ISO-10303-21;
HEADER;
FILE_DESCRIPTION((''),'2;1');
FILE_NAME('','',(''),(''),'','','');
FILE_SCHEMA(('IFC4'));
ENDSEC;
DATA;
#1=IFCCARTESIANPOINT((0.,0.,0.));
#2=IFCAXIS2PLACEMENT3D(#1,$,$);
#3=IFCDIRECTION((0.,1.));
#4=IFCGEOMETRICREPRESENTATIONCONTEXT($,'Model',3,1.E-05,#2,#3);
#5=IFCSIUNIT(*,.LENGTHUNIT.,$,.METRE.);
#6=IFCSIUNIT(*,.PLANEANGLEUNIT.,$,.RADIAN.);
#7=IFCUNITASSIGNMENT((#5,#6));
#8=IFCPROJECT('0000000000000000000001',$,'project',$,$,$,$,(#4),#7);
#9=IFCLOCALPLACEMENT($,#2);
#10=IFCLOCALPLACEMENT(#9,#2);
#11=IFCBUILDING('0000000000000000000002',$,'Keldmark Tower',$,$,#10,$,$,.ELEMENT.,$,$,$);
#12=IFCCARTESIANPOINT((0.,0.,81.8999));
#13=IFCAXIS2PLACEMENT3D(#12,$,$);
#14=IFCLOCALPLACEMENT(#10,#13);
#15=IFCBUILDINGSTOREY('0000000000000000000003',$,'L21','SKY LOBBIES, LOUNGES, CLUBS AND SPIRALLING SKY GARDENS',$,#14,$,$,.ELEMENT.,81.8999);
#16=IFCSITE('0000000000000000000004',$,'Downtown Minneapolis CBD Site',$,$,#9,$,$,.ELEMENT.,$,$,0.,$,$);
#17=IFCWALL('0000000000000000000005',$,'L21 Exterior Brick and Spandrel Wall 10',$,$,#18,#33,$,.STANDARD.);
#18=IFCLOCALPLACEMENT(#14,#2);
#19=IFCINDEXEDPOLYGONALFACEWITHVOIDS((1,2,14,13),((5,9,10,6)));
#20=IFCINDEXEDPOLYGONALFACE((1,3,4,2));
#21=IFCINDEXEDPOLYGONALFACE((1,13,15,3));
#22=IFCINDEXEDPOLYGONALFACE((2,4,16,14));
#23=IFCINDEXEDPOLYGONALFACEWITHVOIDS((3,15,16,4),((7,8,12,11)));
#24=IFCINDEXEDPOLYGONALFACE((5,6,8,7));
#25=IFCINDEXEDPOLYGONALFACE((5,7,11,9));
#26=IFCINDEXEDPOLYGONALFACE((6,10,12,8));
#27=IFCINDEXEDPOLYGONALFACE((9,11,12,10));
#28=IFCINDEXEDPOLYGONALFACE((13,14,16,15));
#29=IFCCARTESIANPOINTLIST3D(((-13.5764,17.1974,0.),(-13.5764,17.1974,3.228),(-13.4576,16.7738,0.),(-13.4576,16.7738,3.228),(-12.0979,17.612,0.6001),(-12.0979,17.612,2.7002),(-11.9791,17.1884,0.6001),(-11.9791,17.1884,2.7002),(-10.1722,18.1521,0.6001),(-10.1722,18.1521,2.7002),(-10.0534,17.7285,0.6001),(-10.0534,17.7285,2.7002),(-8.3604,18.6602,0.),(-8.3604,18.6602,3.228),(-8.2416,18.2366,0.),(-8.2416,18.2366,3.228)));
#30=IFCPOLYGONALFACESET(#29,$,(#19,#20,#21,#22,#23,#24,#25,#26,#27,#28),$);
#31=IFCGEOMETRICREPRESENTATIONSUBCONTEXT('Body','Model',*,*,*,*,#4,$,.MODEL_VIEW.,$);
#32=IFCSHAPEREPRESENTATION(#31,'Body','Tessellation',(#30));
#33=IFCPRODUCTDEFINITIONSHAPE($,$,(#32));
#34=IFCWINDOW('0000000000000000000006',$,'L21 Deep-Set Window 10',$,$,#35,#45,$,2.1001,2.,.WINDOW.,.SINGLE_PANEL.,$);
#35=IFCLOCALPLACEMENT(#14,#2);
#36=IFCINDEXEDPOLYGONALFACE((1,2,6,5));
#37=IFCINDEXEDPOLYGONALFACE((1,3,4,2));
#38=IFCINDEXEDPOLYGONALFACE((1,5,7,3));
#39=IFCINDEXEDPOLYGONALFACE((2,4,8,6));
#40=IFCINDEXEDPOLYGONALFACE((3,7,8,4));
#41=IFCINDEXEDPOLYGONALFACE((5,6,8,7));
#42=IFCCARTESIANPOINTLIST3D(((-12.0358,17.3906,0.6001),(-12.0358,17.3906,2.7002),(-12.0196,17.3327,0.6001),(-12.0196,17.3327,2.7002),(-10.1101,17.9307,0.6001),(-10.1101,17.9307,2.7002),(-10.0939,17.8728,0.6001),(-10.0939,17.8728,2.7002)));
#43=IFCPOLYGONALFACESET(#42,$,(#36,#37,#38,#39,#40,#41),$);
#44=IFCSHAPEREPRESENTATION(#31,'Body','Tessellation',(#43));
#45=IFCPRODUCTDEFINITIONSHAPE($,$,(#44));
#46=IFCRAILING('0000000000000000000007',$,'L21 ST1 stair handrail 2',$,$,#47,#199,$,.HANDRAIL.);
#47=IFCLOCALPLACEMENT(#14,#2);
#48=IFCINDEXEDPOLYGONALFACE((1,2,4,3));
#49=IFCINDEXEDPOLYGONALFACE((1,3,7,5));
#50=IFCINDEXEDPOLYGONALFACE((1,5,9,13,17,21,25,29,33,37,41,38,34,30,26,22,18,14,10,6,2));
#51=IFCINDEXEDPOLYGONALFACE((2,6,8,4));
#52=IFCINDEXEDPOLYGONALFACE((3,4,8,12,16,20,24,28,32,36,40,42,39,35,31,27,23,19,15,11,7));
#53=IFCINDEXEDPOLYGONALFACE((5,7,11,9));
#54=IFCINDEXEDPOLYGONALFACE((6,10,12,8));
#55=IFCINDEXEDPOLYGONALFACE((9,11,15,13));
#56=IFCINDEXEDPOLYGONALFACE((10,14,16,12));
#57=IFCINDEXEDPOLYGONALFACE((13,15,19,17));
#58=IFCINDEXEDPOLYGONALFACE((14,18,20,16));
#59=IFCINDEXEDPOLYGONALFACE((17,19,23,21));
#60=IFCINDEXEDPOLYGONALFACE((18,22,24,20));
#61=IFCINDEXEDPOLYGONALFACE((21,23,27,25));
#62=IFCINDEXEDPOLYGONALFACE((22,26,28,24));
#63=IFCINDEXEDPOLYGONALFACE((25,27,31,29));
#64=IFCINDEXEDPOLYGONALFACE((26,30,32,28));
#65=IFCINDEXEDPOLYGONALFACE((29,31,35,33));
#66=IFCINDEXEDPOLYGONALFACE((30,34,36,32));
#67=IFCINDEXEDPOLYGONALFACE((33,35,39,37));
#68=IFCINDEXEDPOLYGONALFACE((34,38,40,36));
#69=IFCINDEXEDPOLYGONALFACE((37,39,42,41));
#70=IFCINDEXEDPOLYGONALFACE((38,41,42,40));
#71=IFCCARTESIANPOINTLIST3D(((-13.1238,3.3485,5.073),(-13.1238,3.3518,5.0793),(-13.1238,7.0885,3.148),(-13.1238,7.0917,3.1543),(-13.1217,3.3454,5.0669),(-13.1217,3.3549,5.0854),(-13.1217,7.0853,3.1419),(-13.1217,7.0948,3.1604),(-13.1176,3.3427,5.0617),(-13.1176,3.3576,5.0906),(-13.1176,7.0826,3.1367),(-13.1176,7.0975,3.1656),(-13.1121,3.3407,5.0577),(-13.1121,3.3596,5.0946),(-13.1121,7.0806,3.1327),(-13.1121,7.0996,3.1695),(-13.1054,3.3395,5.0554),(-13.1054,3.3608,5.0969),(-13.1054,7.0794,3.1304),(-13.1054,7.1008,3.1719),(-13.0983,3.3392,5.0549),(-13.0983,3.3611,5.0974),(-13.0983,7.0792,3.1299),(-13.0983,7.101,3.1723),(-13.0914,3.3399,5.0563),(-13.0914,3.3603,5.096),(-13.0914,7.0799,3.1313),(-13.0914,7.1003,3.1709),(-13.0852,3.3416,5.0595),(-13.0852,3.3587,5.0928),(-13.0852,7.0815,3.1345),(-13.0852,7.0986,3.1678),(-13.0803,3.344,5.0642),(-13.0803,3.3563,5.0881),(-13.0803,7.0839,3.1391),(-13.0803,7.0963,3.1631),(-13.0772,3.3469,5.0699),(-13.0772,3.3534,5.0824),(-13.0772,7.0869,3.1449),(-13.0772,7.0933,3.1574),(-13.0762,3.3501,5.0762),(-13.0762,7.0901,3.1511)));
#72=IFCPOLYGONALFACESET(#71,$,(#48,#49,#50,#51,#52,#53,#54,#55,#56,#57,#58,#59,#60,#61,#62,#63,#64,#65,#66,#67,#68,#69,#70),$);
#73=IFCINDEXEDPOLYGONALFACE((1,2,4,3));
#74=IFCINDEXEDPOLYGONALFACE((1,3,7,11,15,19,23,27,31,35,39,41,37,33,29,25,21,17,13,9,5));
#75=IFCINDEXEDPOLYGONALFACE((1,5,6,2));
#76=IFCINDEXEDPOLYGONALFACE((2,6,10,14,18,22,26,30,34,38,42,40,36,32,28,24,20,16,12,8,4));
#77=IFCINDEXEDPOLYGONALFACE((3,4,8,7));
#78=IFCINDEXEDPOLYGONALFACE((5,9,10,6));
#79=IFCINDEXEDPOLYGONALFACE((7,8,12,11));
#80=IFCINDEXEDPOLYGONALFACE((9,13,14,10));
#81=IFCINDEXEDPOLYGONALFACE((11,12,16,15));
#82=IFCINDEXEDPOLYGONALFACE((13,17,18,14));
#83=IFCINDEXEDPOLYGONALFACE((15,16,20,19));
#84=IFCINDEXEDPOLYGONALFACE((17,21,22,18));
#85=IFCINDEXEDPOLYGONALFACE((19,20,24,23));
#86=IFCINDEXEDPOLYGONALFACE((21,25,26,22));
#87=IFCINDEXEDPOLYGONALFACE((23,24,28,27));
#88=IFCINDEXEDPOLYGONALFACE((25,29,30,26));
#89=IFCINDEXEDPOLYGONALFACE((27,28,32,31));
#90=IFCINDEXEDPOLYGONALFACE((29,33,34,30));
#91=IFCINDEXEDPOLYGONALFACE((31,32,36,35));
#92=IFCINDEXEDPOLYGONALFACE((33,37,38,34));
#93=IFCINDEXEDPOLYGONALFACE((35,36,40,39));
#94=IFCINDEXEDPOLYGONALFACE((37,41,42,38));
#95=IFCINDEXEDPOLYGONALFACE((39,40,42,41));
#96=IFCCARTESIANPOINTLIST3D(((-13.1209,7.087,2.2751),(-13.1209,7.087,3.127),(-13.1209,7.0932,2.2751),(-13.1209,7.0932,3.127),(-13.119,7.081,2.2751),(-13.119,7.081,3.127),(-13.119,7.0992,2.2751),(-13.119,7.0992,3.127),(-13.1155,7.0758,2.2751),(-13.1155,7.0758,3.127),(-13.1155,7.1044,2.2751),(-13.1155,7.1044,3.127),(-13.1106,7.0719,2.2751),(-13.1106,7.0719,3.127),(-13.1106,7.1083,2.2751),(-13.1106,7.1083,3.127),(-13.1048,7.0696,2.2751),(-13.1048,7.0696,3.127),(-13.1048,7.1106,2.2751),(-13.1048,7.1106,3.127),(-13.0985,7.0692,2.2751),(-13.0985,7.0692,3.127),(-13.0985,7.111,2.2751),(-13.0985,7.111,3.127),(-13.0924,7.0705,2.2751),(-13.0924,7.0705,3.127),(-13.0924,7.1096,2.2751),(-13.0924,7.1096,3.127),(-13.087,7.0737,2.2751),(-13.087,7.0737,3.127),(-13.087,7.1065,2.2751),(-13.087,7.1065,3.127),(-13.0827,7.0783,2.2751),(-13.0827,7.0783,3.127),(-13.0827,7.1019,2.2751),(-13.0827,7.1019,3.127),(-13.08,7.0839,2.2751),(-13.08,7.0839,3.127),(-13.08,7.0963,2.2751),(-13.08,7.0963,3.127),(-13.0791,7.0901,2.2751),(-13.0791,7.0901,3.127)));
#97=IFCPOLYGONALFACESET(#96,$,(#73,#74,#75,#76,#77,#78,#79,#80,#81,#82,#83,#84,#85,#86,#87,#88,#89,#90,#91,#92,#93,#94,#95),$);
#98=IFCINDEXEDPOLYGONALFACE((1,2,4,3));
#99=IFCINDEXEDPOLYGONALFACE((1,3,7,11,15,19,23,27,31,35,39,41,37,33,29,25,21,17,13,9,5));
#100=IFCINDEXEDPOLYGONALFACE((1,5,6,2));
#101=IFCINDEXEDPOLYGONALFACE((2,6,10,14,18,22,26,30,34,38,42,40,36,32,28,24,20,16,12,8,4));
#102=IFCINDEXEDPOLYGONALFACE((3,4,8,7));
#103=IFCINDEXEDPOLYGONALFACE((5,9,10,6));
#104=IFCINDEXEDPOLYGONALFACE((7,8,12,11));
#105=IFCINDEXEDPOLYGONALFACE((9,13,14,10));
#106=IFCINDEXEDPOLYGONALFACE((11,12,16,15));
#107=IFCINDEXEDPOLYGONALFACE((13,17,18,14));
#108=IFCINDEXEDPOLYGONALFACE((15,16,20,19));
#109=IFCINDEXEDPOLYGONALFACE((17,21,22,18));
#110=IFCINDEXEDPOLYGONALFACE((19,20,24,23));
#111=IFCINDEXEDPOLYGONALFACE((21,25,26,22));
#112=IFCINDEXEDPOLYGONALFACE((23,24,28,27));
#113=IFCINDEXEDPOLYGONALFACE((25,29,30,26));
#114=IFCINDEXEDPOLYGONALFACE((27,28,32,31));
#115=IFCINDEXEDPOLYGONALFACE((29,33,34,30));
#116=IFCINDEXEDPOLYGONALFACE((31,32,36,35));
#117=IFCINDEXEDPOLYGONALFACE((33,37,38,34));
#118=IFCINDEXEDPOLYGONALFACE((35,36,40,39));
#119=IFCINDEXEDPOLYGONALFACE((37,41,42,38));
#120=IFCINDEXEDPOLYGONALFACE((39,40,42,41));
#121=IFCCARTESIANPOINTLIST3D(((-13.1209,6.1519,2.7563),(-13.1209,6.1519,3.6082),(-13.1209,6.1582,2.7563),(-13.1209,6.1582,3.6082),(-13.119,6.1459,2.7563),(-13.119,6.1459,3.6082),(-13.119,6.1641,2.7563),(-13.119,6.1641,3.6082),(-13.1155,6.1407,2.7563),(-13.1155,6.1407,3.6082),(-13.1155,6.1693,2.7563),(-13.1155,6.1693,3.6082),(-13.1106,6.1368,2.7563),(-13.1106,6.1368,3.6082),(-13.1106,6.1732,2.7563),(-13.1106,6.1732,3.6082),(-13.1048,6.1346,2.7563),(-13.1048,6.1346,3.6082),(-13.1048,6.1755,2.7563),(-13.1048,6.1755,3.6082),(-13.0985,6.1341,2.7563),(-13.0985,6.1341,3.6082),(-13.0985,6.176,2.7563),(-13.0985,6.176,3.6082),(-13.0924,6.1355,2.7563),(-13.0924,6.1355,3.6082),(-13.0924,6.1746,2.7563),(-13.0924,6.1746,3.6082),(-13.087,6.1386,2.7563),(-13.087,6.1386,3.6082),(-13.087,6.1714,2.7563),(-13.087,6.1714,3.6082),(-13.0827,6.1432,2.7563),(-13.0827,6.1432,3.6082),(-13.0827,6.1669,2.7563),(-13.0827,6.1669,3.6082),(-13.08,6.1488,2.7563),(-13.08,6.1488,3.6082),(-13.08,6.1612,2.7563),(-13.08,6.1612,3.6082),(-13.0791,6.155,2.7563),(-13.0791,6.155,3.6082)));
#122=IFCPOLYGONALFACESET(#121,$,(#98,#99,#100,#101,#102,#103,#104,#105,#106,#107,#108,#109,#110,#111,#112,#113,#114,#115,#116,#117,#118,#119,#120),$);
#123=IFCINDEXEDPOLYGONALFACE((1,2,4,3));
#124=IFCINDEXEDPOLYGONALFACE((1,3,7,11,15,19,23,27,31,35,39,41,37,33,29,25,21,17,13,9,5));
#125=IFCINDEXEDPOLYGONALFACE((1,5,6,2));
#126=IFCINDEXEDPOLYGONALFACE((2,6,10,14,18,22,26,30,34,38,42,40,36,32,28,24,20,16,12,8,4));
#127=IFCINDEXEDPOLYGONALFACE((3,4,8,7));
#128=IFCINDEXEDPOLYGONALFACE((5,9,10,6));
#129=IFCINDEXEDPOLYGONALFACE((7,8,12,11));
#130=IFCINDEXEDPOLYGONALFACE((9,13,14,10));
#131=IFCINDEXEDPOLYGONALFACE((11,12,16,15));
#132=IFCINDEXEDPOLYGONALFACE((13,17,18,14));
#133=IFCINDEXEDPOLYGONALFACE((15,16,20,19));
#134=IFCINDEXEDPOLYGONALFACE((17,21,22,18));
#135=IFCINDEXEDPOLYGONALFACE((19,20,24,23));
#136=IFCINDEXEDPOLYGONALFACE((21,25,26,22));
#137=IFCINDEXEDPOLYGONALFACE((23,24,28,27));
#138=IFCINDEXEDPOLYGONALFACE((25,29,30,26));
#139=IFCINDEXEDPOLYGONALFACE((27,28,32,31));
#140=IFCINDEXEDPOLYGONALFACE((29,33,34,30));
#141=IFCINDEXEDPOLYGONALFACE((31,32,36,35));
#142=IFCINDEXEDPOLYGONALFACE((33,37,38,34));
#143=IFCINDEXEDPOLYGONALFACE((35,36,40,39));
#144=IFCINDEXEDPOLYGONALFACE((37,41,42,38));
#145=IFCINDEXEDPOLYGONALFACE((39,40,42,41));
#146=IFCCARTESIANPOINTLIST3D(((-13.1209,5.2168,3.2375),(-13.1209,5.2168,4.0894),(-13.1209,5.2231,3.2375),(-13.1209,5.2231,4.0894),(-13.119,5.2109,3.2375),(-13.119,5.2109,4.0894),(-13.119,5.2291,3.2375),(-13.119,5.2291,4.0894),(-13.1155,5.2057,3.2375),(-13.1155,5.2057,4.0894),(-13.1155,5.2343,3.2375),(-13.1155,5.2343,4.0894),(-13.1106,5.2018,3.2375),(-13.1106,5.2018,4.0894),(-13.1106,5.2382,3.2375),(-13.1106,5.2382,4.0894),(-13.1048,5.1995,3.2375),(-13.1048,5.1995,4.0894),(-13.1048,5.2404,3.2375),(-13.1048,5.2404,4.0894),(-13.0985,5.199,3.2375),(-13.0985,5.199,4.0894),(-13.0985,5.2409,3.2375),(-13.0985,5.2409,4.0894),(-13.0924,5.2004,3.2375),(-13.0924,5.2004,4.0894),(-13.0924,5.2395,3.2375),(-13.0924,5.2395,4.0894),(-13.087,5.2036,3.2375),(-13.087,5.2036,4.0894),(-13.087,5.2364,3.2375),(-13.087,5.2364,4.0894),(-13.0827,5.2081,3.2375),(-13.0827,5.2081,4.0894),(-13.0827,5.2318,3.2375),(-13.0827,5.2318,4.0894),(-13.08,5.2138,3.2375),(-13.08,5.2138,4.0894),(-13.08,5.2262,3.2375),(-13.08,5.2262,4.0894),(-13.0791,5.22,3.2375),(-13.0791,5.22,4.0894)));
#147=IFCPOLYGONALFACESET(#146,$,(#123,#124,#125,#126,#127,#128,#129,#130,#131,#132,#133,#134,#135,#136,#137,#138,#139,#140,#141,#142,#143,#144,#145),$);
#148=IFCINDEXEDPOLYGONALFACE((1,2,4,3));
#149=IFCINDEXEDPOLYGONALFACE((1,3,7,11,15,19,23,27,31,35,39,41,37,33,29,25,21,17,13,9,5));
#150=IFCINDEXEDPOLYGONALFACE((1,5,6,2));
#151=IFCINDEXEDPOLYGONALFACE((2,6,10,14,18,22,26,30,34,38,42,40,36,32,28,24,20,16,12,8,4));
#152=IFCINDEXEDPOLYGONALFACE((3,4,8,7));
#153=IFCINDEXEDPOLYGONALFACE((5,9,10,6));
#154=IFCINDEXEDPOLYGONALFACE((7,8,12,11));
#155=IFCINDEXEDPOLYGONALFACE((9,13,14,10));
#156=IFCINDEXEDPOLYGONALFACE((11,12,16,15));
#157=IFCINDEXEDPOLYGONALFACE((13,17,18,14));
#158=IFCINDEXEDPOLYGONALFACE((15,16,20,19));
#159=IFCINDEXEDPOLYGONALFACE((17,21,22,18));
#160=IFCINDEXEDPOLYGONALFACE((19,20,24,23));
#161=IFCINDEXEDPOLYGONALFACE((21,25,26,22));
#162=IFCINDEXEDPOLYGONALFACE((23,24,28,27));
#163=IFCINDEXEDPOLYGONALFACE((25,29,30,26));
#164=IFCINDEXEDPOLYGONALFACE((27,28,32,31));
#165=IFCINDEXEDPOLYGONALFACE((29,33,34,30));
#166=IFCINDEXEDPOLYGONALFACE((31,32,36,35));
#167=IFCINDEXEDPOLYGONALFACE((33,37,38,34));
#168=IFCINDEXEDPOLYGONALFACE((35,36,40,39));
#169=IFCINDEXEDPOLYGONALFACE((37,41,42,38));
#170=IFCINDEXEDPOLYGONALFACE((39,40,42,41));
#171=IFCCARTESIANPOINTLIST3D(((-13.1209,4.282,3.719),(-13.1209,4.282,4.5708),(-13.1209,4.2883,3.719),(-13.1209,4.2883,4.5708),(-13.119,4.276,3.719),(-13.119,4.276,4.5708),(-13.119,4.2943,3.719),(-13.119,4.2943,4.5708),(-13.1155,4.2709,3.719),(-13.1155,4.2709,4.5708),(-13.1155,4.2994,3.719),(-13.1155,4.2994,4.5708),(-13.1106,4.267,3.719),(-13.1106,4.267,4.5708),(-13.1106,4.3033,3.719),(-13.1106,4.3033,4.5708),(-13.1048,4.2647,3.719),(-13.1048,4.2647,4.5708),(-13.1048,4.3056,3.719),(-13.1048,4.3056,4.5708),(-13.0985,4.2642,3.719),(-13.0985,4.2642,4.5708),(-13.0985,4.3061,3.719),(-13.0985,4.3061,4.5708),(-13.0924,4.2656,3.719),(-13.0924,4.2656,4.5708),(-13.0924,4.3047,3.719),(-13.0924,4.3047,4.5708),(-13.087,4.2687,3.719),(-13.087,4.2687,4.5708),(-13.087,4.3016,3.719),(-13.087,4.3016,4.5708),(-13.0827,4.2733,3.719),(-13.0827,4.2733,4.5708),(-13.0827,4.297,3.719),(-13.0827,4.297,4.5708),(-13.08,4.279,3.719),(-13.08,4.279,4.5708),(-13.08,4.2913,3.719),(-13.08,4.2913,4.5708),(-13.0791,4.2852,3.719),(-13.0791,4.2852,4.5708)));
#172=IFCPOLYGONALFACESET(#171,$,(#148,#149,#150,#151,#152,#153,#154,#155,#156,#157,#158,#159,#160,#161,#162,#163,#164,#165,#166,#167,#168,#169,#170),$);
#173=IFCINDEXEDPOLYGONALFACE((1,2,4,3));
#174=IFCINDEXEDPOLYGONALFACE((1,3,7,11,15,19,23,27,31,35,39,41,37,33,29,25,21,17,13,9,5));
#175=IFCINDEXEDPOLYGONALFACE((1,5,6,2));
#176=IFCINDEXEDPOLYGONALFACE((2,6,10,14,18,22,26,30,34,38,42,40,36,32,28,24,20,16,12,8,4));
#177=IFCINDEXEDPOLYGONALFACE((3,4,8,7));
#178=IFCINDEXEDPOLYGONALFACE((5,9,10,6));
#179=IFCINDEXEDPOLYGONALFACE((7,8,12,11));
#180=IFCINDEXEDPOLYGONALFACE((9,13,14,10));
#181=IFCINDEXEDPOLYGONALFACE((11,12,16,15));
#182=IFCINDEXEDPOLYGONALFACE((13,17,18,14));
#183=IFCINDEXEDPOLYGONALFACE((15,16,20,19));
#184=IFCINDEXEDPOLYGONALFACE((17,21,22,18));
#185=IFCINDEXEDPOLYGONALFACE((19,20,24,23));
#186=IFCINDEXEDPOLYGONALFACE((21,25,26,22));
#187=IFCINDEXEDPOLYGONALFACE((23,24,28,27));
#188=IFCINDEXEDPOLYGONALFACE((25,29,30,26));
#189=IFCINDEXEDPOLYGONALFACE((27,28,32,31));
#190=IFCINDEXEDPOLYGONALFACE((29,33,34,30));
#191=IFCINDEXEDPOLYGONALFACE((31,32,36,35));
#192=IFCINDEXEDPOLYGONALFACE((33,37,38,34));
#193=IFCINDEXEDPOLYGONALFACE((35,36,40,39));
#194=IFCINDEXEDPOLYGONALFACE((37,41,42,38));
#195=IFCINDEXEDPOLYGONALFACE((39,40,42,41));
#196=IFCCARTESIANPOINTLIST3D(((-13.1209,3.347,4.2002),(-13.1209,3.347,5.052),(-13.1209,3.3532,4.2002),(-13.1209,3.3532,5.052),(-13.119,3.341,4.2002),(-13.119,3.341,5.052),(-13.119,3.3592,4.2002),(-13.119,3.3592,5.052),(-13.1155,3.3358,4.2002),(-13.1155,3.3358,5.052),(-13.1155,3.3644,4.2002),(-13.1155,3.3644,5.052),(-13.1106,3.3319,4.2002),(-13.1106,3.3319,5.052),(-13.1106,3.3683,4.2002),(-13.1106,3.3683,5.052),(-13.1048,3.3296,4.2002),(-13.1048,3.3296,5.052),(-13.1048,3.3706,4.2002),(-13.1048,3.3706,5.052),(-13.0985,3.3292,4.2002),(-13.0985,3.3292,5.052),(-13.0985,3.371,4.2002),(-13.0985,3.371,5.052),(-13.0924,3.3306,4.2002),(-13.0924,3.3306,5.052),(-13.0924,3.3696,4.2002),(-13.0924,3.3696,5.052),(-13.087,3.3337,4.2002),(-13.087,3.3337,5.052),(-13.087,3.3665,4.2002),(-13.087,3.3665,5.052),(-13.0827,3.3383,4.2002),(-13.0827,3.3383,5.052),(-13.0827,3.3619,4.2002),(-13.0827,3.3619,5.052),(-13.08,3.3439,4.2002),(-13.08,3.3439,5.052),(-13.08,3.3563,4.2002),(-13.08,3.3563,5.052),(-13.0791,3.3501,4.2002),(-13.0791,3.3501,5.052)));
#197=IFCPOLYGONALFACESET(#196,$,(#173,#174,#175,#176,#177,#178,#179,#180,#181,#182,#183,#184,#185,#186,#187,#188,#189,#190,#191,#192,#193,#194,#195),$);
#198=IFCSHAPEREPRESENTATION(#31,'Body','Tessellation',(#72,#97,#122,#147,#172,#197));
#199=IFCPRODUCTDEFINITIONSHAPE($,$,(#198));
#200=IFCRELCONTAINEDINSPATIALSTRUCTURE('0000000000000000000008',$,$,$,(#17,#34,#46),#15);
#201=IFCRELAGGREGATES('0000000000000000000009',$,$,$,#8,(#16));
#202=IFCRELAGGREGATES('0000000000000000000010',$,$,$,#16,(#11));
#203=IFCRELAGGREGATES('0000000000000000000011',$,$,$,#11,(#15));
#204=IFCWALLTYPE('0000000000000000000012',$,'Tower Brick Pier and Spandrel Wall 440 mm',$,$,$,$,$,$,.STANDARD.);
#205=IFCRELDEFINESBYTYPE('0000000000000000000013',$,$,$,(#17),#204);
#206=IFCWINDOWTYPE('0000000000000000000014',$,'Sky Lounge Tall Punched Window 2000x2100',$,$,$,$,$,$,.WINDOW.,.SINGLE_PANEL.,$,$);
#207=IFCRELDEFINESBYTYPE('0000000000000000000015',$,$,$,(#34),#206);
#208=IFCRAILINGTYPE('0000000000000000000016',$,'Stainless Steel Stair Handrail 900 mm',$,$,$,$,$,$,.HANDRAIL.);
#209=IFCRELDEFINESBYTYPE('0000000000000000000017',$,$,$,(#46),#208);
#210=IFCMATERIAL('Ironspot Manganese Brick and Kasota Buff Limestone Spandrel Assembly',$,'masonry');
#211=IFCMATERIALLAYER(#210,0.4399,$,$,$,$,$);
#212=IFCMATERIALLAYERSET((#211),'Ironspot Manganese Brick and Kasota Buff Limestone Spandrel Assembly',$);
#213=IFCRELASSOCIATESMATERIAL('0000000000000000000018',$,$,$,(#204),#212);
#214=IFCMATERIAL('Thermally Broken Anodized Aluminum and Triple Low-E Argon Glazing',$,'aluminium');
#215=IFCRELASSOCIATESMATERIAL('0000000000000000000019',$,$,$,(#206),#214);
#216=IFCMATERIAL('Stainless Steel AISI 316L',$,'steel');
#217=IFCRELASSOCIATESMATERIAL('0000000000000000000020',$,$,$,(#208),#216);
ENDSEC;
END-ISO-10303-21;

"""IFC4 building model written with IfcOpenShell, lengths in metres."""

from ifc_helpers import new_model, si_unit, direction, frame, frame_2d, origin, origin_2d, place, context, subcontext, project, spatial, rectangle, circle, extrude, material, layer, layer_set, type_object, element, fill, save


model = new_model("IFC4")

# Units and contexts
model_context = context("Model", 3, precision=1e-05, world=origin(), true_north=direction((0.0, 1.0)))
body_context = subcontext(model_context, "Body", "Model", "MODEL_VIEW")
ifc_project = project(units=[si_unit("LENGTHUNIT", "METRE"), si_unit("PLANEANGLEUNIT", "RADIAN")], contexts=[model_context])

# Site, building, storey
site_placement = place(None, origin())
site = spatial("IfcSite", under=ifc_project, at=site_placement, Name="Downtown Minneapolis CBD Site", CompositionType="ELEMENT", RefElevation=0.0)
building_placement = place(site_placement, origin())
building = spatial("IfcBuilding", under=site, at=building_placement, Name="Keldmark Tower", CompositionType="ELEMENT")
storey_placement = place(building_placement, frame((0.0, 0.0, 81.8999)))
storey = spatial("IfcBuildingStorey", under=building, at=storey_placement, Name="L21", Description="SKY LOBBIES, LOUNGES, CLUBS AND SPIRALLING SKY GARDENS", CompositionType="ELEMENT", Elevation=81.8999)

# Wall, opening, window
ifc_material_1 = material(Name="Ironspot Manganese Brick and Kasota Buff Limestone Spandrel Assembly", Category="masonry")
ifc_layer_1 = layer(ifc_material_1, 0.4399)
ifc_layer_set_1 = layer_set([ifc_layer_1], Name="Ironspot Manganese Brick and Kasota Buff Limestone Spandrel Assembly")
wall_type_1 = type_object("IfcWallType", Name="Tower Brick Pier and Spandrel Wall 440 mm", PredefinedType="STANDARD", material=ifc_layer_set_1)
wall_1_placement = place(storey_placement, frame((-13.5168, 16.9856, 0.0), z_axis=(0.0, 0.0, 1.0), x_axis=(0.962849, 0.270039, 0.0)))
wall_1 = element("IfcWall", 1, at=wall_1_placement, inside=storey, type_object=wall_type_1, Name="L21 Exterior Brick and Spandrel Wall 10", PredefinedType="STANDARD", context=body_context, shape_type="SweptSolid", body=[
    extrude(rectangle(XDim=5.4172, YDim=0.4399, at=frame_2d((2.7085, 0.0))), origin(), (0.0, 0.0, 1.0), 3.228),
])
opening_placement = place(wall_1_placement, frame((1.5354, 0.0, 0.6001)))
opening = element("IfcOpeningElement", 2, at=opening_placement, cuts=wall_1, PredefinedType="OPENING", context=body_context, shape_type="SweptSolid", body=[
    extrude(rectangle(XDim=2.0, YDim=2.1001, at=frame_2d((1.0, 1.05))), frame((0.0, 0.23, 0.0), z_axis=(0.0, -1.0, 0.0), x_axis=(1.0, 0.0, 0.0)), (0.0, 0.0, 1.0), 0.46),
])
ifc_material_2 = material(Name="Thermally Broken Anodized Aluminum and Triple Low-E Argon Glazing", Category="aluminium")
window_type = type_object("IfcWindowType", Name="Sky Lounge Tall Punched Window 2000x2100", PartitioningType="SINGLE_PANEL", PredefinedType="WINDOW", material=ifc_material_2)
window_placement = place(opening_placement, origin())
window = element("IfcWindow", 3, at=window_placement, inside=storey, type_object=window_type, Name="L21 Deep-Set Window 10", OverallHeight=2.1001, OverallWidth=2.0, PartitioningType="SINGLE_PANEL", PredefinedType="WINDOW", context=body_context, shape_type="SweptSolid", body=[
    extrude(rectangle(XDim=2.0, YDim=2.1001, at=frame_2d((1.0, 1.05))), frame((0.0, -0.01, 0.0), z_axis=(0.0, -1.0, 0.0), x_axis=(1.0, 0.0, 0.0)), (0.0, 0.0, 1.0), 0.0601),
])
fill(opening, window)

# Railing
ifc_material_3 = material(Name="Stainless Steel AISI 316L", Category="steel")
railing_type = type_object("IfcRailingType", Name="Stainless Steel Stair Handrail 900 mm", PredefinedType="HANDRAIL", material=ifc_material_3)
railing_placement = place(storey_placement, frame((-13.1001, 7.0901, 2.2751)))
element("IfcRailing", 4, at=railing_placement, inside=storey, type_object=railing_type, Name="L21 ST1 stair handrail 2", PredefinedType="HANDRAIL", context=body_context, shape_type="SweptSolid", body=[
    extrude(circle(Radius=0.0239, at=origin_2d()), frame((0.0, 0.0, 0.876), z_axis=(0.0, -0.889131, 0.457654), x_axis=(1.0, 0.0, 0.0)), (0.0, 0.0, 1.0), 4.2063),
    extrude(circle(Radius=0.021, at=origin_2d()), origin(), (0.0, 0.0, 1.0), 0.8518),
    extrude(circle(Radius=0.021, at=origin_2d()), frame((0.0, -0.9351, 0.4812)), (0.0, 0.0, 1.0), 0.8518),
    extrude(circle(Radius=0.021, at=origin_2d()), frame((0.0, -1.8701, 0.9624)), (0.0, 0.0, 1.0), 0.8518),
    extrude(circle(Radius=0.021, at=origin_2d()), frame((0.0, -2.8049, 1.4438)), (0.0, 0.0, 1.0), 0.8518),
    extrude(circle(Radius=0.021, at=origin_2d()), frame((0.0, -3.74, 1.925)), (0.0, 0.0, 1.0), 0.8518),
])

save(model, "model.ifc")
